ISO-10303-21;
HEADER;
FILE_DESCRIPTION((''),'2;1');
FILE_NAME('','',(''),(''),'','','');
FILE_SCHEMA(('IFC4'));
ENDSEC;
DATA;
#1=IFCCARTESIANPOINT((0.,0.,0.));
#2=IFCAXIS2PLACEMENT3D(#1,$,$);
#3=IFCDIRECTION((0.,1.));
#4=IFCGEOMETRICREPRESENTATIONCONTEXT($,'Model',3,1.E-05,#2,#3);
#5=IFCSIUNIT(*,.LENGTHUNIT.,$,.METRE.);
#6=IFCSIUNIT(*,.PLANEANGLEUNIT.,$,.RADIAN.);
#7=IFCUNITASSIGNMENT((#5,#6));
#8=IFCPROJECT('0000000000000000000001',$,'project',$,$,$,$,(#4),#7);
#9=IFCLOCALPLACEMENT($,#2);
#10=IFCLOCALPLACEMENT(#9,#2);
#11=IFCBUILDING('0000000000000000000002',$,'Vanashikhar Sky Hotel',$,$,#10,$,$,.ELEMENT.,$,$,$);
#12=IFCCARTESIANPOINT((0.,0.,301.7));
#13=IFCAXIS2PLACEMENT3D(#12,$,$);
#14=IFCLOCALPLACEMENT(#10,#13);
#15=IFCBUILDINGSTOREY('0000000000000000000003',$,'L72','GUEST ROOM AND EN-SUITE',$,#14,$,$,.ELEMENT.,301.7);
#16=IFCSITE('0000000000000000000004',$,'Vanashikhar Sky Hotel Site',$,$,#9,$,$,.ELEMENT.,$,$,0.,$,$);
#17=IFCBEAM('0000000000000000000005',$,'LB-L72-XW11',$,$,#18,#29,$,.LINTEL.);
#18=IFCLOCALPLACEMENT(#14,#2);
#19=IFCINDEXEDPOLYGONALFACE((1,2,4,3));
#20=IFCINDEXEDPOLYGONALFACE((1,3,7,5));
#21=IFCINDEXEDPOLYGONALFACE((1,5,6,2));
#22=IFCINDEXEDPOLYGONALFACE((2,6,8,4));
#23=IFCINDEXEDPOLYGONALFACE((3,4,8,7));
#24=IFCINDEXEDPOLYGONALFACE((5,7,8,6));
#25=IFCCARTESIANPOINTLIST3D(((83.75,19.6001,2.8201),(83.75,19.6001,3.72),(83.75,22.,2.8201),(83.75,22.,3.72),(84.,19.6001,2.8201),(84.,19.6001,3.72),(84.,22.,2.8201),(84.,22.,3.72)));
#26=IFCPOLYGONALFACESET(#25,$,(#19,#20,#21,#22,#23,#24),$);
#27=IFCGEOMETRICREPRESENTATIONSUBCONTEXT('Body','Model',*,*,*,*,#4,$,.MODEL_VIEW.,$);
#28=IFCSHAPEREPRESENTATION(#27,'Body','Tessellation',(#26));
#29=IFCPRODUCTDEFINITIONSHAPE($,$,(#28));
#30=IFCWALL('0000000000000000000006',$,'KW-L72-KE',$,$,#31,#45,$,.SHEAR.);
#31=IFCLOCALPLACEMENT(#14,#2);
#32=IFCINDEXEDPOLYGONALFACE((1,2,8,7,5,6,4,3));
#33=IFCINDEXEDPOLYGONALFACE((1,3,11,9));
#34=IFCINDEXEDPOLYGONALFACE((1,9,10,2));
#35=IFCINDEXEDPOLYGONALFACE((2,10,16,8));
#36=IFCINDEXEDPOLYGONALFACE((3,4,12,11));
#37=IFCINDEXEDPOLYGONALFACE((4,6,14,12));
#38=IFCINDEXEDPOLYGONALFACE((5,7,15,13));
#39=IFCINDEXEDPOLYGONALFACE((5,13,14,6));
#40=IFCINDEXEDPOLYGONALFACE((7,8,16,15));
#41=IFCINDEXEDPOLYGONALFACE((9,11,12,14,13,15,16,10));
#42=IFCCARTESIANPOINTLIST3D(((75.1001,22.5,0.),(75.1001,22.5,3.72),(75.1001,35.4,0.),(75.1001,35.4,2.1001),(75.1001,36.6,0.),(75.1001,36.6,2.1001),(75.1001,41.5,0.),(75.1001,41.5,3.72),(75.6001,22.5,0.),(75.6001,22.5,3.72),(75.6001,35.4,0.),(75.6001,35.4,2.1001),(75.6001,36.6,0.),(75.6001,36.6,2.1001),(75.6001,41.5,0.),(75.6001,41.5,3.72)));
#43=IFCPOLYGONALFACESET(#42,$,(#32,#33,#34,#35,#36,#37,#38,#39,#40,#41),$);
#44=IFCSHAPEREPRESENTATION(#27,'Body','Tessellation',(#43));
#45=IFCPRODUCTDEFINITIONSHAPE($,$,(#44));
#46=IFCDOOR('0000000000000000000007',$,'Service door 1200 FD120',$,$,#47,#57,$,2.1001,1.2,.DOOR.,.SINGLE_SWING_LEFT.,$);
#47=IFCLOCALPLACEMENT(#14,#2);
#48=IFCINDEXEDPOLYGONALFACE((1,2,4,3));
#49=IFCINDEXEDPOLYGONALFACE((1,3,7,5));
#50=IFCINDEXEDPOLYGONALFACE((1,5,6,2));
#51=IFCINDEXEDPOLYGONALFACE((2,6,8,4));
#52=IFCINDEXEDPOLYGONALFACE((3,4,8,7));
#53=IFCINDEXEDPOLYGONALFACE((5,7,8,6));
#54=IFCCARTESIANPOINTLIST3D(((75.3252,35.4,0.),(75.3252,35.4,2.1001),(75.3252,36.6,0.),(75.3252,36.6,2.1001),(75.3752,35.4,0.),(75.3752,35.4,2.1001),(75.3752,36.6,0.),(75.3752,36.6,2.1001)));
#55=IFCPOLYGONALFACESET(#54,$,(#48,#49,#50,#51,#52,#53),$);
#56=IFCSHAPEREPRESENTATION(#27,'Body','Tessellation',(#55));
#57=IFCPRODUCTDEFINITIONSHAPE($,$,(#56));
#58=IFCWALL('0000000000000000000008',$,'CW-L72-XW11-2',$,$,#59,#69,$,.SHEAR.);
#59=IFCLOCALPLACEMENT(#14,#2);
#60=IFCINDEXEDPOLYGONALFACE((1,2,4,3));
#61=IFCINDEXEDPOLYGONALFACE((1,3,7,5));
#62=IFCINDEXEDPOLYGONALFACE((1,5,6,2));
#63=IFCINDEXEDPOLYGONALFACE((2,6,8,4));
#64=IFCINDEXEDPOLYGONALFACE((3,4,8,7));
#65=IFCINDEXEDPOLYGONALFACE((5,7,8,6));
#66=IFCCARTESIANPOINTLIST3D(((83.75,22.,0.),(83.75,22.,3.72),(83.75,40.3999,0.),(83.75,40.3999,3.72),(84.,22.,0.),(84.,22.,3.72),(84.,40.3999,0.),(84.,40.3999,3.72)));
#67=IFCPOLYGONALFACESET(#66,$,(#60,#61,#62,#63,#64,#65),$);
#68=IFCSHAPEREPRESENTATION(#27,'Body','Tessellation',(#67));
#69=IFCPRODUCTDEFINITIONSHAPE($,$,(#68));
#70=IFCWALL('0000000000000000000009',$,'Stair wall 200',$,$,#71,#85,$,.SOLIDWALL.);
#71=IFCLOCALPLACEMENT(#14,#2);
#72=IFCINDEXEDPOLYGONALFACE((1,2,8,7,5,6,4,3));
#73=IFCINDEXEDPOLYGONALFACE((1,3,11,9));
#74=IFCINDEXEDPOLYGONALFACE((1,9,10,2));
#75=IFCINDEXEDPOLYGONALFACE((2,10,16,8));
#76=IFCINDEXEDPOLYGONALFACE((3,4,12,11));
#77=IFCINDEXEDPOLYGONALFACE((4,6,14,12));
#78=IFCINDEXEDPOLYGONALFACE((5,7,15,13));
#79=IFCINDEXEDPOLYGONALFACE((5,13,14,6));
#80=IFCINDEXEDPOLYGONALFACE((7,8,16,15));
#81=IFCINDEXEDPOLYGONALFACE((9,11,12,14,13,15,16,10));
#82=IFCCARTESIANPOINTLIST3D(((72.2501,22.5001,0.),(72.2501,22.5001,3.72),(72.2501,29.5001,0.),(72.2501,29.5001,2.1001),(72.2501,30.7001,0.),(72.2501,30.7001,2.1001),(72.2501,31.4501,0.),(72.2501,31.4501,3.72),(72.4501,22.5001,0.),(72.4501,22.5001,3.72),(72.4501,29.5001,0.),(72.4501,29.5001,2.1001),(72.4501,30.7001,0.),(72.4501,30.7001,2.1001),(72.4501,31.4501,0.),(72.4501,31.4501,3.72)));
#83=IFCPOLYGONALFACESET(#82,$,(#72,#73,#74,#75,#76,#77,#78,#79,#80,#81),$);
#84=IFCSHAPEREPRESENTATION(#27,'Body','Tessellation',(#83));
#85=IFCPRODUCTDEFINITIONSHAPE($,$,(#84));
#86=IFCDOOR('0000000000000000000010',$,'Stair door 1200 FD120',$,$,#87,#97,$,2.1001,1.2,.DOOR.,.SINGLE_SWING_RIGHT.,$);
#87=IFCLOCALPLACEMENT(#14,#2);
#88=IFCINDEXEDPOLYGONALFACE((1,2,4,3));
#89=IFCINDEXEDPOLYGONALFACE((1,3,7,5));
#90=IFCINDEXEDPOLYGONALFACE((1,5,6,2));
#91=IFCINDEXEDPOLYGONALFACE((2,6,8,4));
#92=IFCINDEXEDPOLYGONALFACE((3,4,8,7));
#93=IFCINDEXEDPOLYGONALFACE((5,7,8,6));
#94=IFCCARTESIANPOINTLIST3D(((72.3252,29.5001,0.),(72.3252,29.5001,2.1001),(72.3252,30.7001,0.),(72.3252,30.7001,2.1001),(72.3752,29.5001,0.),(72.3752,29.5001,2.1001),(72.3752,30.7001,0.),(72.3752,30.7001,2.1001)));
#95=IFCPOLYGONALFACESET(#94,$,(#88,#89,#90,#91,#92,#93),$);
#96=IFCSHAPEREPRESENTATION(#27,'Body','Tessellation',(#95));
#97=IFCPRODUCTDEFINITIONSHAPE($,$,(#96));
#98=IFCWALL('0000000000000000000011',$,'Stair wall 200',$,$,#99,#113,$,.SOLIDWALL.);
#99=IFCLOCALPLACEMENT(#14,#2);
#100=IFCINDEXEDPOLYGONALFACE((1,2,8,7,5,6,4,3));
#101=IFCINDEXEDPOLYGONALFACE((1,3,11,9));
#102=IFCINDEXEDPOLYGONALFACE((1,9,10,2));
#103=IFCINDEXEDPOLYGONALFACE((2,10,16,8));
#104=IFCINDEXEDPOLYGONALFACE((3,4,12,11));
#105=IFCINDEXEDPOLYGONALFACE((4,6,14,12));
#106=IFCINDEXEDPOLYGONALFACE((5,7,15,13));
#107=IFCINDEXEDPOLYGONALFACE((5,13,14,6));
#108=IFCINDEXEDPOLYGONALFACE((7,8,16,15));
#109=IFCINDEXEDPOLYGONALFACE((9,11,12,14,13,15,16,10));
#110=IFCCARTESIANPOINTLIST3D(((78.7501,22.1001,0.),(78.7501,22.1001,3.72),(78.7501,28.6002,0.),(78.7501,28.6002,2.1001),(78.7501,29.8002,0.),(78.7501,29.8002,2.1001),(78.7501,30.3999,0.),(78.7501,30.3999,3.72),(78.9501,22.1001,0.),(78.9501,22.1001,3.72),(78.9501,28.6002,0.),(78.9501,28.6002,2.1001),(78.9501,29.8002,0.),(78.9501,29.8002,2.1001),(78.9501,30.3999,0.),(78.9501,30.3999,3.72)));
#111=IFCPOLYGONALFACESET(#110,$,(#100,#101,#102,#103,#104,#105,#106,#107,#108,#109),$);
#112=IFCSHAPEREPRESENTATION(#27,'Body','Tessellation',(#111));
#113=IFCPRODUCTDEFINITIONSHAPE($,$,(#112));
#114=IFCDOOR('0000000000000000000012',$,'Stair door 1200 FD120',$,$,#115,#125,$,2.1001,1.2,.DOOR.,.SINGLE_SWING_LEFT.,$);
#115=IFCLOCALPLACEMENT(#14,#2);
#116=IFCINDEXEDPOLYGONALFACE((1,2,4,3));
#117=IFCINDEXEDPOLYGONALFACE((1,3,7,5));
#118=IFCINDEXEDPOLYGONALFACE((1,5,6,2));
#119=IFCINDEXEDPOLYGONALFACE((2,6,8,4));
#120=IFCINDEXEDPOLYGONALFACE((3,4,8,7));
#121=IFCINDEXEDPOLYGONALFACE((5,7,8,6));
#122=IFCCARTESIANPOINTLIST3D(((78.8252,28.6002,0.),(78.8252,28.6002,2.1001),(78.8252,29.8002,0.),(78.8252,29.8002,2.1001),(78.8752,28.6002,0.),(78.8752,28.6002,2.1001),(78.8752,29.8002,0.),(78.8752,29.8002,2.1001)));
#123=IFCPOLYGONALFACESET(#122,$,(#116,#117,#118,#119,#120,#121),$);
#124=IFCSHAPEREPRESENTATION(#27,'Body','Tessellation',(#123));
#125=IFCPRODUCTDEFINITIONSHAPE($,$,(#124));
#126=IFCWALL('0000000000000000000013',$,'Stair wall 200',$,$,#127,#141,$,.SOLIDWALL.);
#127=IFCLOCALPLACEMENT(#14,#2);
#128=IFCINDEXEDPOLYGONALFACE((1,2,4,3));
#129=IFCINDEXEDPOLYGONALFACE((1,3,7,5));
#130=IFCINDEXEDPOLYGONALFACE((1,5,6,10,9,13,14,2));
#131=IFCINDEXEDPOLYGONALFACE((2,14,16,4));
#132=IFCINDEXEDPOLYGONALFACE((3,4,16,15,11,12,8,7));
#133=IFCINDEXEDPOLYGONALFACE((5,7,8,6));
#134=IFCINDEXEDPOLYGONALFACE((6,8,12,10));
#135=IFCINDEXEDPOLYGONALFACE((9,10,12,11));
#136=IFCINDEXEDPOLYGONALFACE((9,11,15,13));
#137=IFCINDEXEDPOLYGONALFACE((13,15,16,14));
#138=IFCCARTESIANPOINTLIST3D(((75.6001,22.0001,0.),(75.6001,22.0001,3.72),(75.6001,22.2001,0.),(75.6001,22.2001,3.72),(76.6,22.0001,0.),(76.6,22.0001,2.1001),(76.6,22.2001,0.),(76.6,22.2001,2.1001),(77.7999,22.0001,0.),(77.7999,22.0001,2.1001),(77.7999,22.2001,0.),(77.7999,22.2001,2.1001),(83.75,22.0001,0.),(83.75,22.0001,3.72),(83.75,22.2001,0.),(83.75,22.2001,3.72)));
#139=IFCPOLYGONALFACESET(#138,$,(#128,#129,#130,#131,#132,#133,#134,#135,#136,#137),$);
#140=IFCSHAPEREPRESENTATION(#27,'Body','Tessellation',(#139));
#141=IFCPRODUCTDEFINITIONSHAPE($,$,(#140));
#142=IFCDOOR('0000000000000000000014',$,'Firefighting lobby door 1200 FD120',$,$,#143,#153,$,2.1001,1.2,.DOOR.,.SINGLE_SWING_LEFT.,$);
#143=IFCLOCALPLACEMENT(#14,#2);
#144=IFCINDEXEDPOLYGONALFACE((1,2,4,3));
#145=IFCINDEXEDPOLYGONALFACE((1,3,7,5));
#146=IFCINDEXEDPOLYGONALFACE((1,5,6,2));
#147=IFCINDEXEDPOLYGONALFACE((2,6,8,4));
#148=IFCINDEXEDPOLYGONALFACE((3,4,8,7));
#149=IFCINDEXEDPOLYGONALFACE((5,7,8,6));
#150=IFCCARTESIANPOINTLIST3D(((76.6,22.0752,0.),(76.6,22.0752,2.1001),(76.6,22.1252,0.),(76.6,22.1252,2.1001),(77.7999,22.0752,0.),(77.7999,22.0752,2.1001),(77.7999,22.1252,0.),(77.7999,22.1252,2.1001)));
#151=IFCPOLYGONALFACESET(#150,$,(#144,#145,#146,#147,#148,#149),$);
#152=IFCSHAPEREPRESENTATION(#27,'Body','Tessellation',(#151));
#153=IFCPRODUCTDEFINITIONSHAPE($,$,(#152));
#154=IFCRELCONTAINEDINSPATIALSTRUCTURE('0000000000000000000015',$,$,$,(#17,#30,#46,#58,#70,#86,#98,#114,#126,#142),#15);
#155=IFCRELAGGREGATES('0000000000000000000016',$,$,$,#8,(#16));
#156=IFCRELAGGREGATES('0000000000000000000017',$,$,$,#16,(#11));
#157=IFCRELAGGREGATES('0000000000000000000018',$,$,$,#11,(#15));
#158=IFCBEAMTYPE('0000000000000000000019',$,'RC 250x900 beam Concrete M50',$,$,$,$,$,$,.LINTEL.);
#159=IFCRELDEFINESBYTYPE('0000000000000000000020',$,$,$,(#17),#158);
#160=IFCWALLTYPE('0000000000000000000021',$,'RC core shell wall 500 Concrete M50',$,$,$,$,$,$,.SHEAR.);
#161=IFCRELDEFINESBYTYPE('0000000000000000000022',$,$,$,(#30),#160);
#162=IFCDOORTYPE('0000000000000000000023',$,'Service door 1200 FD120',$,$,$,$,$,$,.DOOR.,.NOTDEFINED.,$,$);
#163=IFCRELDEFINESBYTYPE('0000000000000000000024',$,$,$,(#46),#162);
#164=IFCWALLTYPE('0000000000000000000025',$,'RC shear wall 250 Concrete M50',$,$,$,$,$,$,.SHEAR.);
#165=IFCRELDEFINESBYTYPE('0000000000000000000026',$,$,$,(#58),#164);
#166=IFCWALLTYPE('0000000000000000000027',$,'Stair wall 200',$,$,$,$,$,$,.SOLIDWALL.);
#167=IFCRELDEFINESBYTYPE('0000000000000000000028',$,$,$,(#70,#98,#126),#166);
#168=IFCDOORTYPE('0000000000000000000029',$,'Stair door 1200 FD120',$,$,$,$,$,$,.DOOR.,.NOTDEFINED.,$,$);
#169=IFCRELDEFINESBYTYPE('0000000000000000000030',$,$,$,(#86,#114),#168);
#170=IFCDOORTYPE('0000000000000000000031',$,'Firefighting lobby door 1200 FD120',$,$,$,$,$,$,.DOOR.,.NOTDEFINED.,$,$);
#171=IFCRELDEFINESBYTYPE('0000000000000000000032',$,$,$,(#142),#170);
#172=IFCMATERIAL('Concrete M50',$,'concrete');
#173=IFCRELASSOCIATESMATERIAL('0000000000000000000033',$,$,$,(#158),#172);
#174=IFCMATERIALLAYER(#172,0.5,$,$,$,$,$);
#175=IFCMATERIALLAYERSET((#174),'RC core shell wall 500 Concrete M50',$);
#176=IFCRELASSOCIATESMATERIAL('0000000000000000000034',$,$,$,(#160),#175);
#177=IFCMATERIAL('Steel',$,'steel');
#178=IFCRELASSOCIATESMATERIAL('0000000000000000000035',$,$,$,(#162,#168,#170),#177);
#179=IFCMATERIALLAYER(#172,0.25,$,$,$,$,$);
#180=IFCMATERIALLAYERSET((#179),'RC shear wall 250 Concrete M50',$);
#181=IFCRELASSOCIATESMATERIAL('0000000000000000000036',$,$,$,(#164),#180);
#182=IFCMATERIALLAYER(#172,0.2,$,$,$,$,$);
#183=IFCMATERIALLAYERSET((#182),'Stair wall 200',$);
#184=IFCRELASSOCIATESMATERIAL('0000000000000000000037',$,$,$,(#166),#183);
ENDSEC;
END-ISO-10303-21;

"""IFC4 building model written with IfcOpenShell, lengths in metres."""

from ifc_helpers import new_model, si_unit, direction, frame, frame_2d, origin, origin_2d, place, context, subcontext, project, spatial, rectangle, extrude, source, transform, mapped, material, layer, layer_set, material_profile, profile_set, type_object, element, fill, save


model = new_model("IFC4")

# Units and contexts
model_context = context("Model", 3, precision=1e-05, world=origin(), true_north=direction((0.0, 1.0)))
body_context = subcontext(model_context, "Body", "Model", "MODEL_VIEW")
ifc_project = project(units=[si_unit("LENGTHUNIT", "METRE"), si_unit("PLANEANGLEUNIT", "RADIAN")], contexts=[model_context])

# Site, building, storey
site_placement = place(None, origin())
site = spatial("IfcSite", under=ifc_project, at=site_placement, Name="Vanashikhar Sky Hotel Site", CompositionType="ELEMENT", RefElevation=0.0)
building_placement = place(site_placement, origin())
building = spatial("IfcBuilding", under=site, at=building_placement, Name="Vanashikhar Sky Hotel", CompositionType="ELEMENT")
storey_placement = place(building_placement, frame((0.0, 0.0, 301.7)))
storey = spatial("IfcBuildingStorey", under=building, at=storey_placement, Name="L72", Description="GUEST ROOM AND EN-SUITE", CompositionType="ELEMENT", Elevation=301.7)

# Beam
ifc_material_1 = material(Name="Concrete M50", Category="concrete")
ifc_material_profile = material_profile(ifc_material_1, rectangle(XDim=0.25, YDim=0.8999, at=origin_2d()))
ifc_profile_set = profile_set([ifc_material_profile], Name="RC 250x900 beam Concrete M50")
beam_type = type_object("IfcBeamType", Name="RC 250x900 beam Concrete M50", PredefinedType="LINTEL", material=ifc_profile_set)
shared_shape_1 = source(origin(), body_context, "Body", "SweptSolid", [
    extrude(rectangle(XDim=0.25, YDim=0.8999, at=origin_2d()), origin(), (0.0, 0.0, 1.0), 2.3999),
])
beam_placement = place(storey_placement, frame((83.875, 19.6001, 3.27), z_axis=(0.0, 1.0, 0.0), x_axis=(-1.0, 0.0, 0.0)))
element("IfcBeam", 1, at=beam_placement, inside=storey, type_object=beam_type, Name="LB-L72-XW11", PredefinedType="LINTEL", context=body_context, shape_type="MappedRepresentation", body=[
    mapped(shared_shape_1, transform((0.0, 0.0, 0.0), scale=1.0)),
])

# Wall, opening, door
ifc_layer_1 = layer(ifc_material_1, 0.5)
ifc_layer_set_1 = layer_set([ifc_layer_1], Name="RC core shell wall 500 Concrete M50")
wall_type_1 = type_object("IfcWallType", Name="RC core shell wall 500 Concrete M50", PredefinedType="SHEAR", material=ifc_layer_set_1)
shared_shape_2 = source(origin(), body_context, "Body", "SweptSolid", [
    extrude(rectangle(XDim=19.0, YDim=0.5, at=frame_2d((9.5, 0.0))), origin(), (0.0, 0.0, 1.0), 3.72),
])
wall_1_placement = place(storey_placement, frame((75.3501, 22.5, 0.0), z_axis=(0.0, 0.0, 1.0), x_axis=(0.0, 1.0, 0.0)))
wall_1 = element("IfcWall", 2, at=wall_1_placement, inside=storey, type_object=wall_type_1, Name="KW-L72-KE", PredefinedType="SHEAR", context=body_context, shape_type="MappedRepresentation", body=[
    mapped(shared_shape_2, transform((0.0, 0.0, 0.0), scale=1.0)),
])
shared_shape_3 = source(origin(), body_context, "Body", "SweptSolid", [
    extrude(rectangle(XDim=1.2, YDim=2.1001, at=frame_2d((0.6001, 1.05))), frame((0.0, 0.26, 0.0), z_axis=(0.0, -1.0, 0.0), x_axis=(1.0, 0.0, 0.0)), (0.0, 0.0, 1.0), 0.52),
])
opening_1_placement = place(wall_1_placement, frame((12.8999, 0.0, 0.0)))
opening_1 = element("IfcOpeningElement", 3, at=opening_1_placement, cuts=wall_1, PredefinedType="OPENING", context=body_context, shape_type="MappedRepresentation", body=[
    mapped(shared_shape_3, transform((0.0, 0.0, 0.0), scale=1.0)),
])
ifc_material_2 = material(Name="Steel", Category="steel")
door_type_1 = type_object("IfcDoorType", Name="Service door 1200 FD120", OperationType="NOTDEFINED", PredefinedType="DOOR", material=ifc_material_2)
shared_shape_4 = source(origin(), body_context, "Body", "SweptSolid", [
    extrude(rectangle(XDim=1.2, YDim=2.1001, at=frame_2d((0.6001, 1.05))), frame((0.0, 0.0249, 0.0), z_axis=(0.0, -1.0, 0.0), x_axis=(1.0, 0.0, 0.0)), (0.0, 0.0, 1.0), 0.05),
])
door_1_placement = place(opening_1_placement, origin())
door_1 = element("IfcDoor", 4, at=door_1_placement, inside=storey, type_object=door_type_1, Name="Service door 1200 FD120", OperationType="SINGLE_SWING_LEFT", OverallHeight=2.1001, OverallWidth=1.2, PredefinedType="DOOR", context=body_context, shape_type="MappedRepresentation", body=[
    mapped(shared_shape_4, transform((0.0, 0.0, 0.0), scale=1.0)),
])
fill(opening_1, door_1)

# Wall
ifc_layer_2 = layer(ifc_material_1, 0.25)
ifc_layer_set_2 = layer_set([ifc_layer_2], Name="RC shear wall 250 Concrete M50")
wall_type_2 = type_object("IfcWallType", Name="RC shear wall 250 Concrete M50", PredefinedType="SHEAR", material=ifc_layer_set_2)
shared_shape_5 = source(origin(), body_context, "Body", "SweptSolid", [
    extrude(rectangle(XDim=18.3999, YDim=0.25, at=frame_2d((9.2, 0.0))), origin(), (0.0, 0.0, 1.0), 3.72),
])
wall_2_placement = place(storey_placement, frame((83.875, 22.0, 0.0), z_axis=(0.0, 0.0, 1.0), x_axis=(0.0, 1.0, 0.0)))
element("IfcWall", 5, at=wall_2_placement, inside=storey, type_object=wall_type_2, Name="CW-L72-XW11-2", PredefinedType="SHEAR", context=body_context, shape_type="MappedRepresentation", body=[
    mapped(shared_shape_5, transform((0.0, 0.0, 0.0), scale=1.0)),
])

# Walls, openings, doors
ifc_layer_3 = layer(ifc_material_1, 0.2)
ifc_layer_set_3 = layer_set([ifc_layer_3], Name="Stair wall 200")
wall_type_3 = type_object("IfcWallType", Name="Stair wall 200", PredefinedType="SOLIDWALL", material=ifc_layer_set_3)
shared_shape_6 = source(origin(), body_context, "Body", "SweptSolid", [
    extrude(rectangle(XDim=8.95, YDim=0.2, at=frame_2d((4.4751, 0.0))), origin(), (0.0, 0.0, 1.0), 3.72),
])
wall_3_placement = place(storey_placement, frame((72.3501, 22.5, 0.0), z_axis=(0.0, 0.0, 1.0), x_axis=(0.0, 1.0, 0.0)))
wall_3 = element("IfcWall", 6, at=wall_3_placement, inside=storey, type_object=wall_type_3, Name="Stair wall 200", PredefinedType="SOLIDWALL", context=body_context, shape_type="MappedRepresentation", body=[
    mapped(shared_shape_6, transform((0.0, 0.0, 0.0), scale=1.0)),
])
shared_shape_7 = source(origin(), body_context, "Body", "SweptSolid", [
    extrude(rectangle(XDim=1.2, YDim=2.1001, at=frame_2d((0.6001, 1.05))), frame((0.0, 0.1099, 0.0), z_axis=(0.0, -1.0, 0.0), x_axis=(1.0, 0.0, 0.0)), (0.0, 0.0, 1.0), 0.22),
])
opening_2_placement = place(wall_3_placement, frame((7.0, 0.0, 0.0)))
opening_2 = element("IfcOpeningElement", 7, at=opening_2_placement, cuts=wall_3, PredefinedType="OPENING", context=body_context, shape_type="MappedRepresentation", body=[
    mapped(shared_shape_7, transform((0.0, 0.0, 0.0), scale=1.0)),
])
door_type_2 = type_object("IfcDoorType", Name="Stair door 1200 FD120", OperationType="NOTDEFINED", PredefinedType="DOOR", material=ifc_material_2)
door_2_placement = place(opening_2_placement, origin())
door_2 = element("IfcDoor", 8, at=door_2_placement, inside=storey, type_object=door_type_2, Name="Stair door 1200 FD120", OperationType="SINGLE_SWING_RIGHT", OverallHeight=2.1001, OverallWidth=1.2, PredefinedType="DOOR", context=body_context, shape_type="MappedRepresentation", body=[
    mapped(shared_shape_4, transform((0.0, 0.0, 0.0), scale=1.0)),
])
fill(opening_2, door_2)
shared_shape_8 = source(origin(), body_context, "Body", "SweptSolid", [
    extrude(rectangle(XDim=8.2998, YDim=0.2, at=frame_2d((4.1499, 0.0))), origin(), (0.0, 0.0, 1.0), 3.72),
])
wall_4_placement = place(storey_placement, frame((78.8501, 22.1001, 0.0), z_axis=(0.0, 0.0, 1.0), x_axis=(0.0, 1.0, 0.0)))
wall_4 = element("IfcWall", 9, at=wall_4_placement, inside=storey, type_object=wall_type_3, Name="Stair wall 200", PredefinedType="SOLIDWALL", context=body_context, shape_type="MappedRepresentation", body=[
    mapped(shared_shape_8, transform((0.0, 0.0, 0.0), scale=1.0)),
])
opening_3_placement = place(wall_4_placement, frame((6.5, 0.0, 0.0)))
opening_3 = element("IfcOpeningElement", 10, at=opening_3_placement, cuts=wall_4, PredefinedType="OPENING", context=body_context, shape_type="MappedRepresentation", body=[
    mapped(shared_shape_7, transform((0.0, 0.0, 0.0), scale=1.0)),
])
door_3_placement = place(opening_3_placement, origin())
door_3 = element("IfcDoor", 11, at=door_3_placement, inside=storey, type_object=door_type_2, Name="Stair door 1200 FD120", OperationType="SINGLE_SWING_LEFT", OverallHeight=2.1001, OverallWidth=1.2, PredefinedType="DOOR", context=body_context, shape_type="MappedRepresentation", body=[
    mapped(shared_shape_4, transform((0.0, 0.0, 0.0), scale=1.0)),
])
fill(opening_3, door_3)
shared_shape_9 = source(origin(), body_context, "Body", "SweptSolid", [
    extrude(rectangle(XDim=8.1499, YDim=0.2, at=frame_2d((4.075, 0.0))), origin(), (0.0, 0.0, 1.0), 3.72),
])
wall_5_placement = place(storey_placement, frame((83.75, 22.1001, 0.0), z_axis=(0.0, 0.0, 1.0), x_axis=(-1.0, 0.0, 0.0)))
wall_5 = element("IfcWall", 12, at=wall_5_placement, inside=storey, type_object=wall_type_3, Name="Stair wall 200", PredefinedType="SOLIDWALL", context=body_context, shape_type="MappedRepresentation", body=[
    mapped(shared_shape_9, transform((0.0, 0.0, 0.0), scale=1.0)),
])
opening_4_placement = place(wall_5_placement, frame((5.95, 0.0, 0.0)))
opening_4 = element("IfcOpeningElement", 13, at=opening_4_placement, cuts=wall_5, PredefinedType="OPENING", context=body_context, shape_type="MappedRepresentation", body=[
    mapped(shared_shape_7, transform((0.0, 0.0, 0.0), scale=1.0)),
])
door_type_3 = type_object("IfcDoorType", Name="Firefighting lobby door 1200 FD120", OperationType="NOTDEFINED", PredefinedType="DOOR", material=ifc_material_2)
door_4_placement = place(opening_4_placement, origin())
door_4 = element("IfcDoor", 14, at=door_4_placement, inside=storey, type_object=door_type_3, Name="Firefighting lobby door 1200 FD120", OperationType="SINGLE_SWING_LEFT", OverallHeight=2.1001, OverallWidth=1.2, PredefinedType="DOOR", context=body_context, shape_type="MappedRepresentation", body=[
    mapped(shared_shape_4, transform((0.0, 0.0, 0.0), scale=1.0)),
])
fill(opening_4, door_4)

save(model, "model.ifc")
